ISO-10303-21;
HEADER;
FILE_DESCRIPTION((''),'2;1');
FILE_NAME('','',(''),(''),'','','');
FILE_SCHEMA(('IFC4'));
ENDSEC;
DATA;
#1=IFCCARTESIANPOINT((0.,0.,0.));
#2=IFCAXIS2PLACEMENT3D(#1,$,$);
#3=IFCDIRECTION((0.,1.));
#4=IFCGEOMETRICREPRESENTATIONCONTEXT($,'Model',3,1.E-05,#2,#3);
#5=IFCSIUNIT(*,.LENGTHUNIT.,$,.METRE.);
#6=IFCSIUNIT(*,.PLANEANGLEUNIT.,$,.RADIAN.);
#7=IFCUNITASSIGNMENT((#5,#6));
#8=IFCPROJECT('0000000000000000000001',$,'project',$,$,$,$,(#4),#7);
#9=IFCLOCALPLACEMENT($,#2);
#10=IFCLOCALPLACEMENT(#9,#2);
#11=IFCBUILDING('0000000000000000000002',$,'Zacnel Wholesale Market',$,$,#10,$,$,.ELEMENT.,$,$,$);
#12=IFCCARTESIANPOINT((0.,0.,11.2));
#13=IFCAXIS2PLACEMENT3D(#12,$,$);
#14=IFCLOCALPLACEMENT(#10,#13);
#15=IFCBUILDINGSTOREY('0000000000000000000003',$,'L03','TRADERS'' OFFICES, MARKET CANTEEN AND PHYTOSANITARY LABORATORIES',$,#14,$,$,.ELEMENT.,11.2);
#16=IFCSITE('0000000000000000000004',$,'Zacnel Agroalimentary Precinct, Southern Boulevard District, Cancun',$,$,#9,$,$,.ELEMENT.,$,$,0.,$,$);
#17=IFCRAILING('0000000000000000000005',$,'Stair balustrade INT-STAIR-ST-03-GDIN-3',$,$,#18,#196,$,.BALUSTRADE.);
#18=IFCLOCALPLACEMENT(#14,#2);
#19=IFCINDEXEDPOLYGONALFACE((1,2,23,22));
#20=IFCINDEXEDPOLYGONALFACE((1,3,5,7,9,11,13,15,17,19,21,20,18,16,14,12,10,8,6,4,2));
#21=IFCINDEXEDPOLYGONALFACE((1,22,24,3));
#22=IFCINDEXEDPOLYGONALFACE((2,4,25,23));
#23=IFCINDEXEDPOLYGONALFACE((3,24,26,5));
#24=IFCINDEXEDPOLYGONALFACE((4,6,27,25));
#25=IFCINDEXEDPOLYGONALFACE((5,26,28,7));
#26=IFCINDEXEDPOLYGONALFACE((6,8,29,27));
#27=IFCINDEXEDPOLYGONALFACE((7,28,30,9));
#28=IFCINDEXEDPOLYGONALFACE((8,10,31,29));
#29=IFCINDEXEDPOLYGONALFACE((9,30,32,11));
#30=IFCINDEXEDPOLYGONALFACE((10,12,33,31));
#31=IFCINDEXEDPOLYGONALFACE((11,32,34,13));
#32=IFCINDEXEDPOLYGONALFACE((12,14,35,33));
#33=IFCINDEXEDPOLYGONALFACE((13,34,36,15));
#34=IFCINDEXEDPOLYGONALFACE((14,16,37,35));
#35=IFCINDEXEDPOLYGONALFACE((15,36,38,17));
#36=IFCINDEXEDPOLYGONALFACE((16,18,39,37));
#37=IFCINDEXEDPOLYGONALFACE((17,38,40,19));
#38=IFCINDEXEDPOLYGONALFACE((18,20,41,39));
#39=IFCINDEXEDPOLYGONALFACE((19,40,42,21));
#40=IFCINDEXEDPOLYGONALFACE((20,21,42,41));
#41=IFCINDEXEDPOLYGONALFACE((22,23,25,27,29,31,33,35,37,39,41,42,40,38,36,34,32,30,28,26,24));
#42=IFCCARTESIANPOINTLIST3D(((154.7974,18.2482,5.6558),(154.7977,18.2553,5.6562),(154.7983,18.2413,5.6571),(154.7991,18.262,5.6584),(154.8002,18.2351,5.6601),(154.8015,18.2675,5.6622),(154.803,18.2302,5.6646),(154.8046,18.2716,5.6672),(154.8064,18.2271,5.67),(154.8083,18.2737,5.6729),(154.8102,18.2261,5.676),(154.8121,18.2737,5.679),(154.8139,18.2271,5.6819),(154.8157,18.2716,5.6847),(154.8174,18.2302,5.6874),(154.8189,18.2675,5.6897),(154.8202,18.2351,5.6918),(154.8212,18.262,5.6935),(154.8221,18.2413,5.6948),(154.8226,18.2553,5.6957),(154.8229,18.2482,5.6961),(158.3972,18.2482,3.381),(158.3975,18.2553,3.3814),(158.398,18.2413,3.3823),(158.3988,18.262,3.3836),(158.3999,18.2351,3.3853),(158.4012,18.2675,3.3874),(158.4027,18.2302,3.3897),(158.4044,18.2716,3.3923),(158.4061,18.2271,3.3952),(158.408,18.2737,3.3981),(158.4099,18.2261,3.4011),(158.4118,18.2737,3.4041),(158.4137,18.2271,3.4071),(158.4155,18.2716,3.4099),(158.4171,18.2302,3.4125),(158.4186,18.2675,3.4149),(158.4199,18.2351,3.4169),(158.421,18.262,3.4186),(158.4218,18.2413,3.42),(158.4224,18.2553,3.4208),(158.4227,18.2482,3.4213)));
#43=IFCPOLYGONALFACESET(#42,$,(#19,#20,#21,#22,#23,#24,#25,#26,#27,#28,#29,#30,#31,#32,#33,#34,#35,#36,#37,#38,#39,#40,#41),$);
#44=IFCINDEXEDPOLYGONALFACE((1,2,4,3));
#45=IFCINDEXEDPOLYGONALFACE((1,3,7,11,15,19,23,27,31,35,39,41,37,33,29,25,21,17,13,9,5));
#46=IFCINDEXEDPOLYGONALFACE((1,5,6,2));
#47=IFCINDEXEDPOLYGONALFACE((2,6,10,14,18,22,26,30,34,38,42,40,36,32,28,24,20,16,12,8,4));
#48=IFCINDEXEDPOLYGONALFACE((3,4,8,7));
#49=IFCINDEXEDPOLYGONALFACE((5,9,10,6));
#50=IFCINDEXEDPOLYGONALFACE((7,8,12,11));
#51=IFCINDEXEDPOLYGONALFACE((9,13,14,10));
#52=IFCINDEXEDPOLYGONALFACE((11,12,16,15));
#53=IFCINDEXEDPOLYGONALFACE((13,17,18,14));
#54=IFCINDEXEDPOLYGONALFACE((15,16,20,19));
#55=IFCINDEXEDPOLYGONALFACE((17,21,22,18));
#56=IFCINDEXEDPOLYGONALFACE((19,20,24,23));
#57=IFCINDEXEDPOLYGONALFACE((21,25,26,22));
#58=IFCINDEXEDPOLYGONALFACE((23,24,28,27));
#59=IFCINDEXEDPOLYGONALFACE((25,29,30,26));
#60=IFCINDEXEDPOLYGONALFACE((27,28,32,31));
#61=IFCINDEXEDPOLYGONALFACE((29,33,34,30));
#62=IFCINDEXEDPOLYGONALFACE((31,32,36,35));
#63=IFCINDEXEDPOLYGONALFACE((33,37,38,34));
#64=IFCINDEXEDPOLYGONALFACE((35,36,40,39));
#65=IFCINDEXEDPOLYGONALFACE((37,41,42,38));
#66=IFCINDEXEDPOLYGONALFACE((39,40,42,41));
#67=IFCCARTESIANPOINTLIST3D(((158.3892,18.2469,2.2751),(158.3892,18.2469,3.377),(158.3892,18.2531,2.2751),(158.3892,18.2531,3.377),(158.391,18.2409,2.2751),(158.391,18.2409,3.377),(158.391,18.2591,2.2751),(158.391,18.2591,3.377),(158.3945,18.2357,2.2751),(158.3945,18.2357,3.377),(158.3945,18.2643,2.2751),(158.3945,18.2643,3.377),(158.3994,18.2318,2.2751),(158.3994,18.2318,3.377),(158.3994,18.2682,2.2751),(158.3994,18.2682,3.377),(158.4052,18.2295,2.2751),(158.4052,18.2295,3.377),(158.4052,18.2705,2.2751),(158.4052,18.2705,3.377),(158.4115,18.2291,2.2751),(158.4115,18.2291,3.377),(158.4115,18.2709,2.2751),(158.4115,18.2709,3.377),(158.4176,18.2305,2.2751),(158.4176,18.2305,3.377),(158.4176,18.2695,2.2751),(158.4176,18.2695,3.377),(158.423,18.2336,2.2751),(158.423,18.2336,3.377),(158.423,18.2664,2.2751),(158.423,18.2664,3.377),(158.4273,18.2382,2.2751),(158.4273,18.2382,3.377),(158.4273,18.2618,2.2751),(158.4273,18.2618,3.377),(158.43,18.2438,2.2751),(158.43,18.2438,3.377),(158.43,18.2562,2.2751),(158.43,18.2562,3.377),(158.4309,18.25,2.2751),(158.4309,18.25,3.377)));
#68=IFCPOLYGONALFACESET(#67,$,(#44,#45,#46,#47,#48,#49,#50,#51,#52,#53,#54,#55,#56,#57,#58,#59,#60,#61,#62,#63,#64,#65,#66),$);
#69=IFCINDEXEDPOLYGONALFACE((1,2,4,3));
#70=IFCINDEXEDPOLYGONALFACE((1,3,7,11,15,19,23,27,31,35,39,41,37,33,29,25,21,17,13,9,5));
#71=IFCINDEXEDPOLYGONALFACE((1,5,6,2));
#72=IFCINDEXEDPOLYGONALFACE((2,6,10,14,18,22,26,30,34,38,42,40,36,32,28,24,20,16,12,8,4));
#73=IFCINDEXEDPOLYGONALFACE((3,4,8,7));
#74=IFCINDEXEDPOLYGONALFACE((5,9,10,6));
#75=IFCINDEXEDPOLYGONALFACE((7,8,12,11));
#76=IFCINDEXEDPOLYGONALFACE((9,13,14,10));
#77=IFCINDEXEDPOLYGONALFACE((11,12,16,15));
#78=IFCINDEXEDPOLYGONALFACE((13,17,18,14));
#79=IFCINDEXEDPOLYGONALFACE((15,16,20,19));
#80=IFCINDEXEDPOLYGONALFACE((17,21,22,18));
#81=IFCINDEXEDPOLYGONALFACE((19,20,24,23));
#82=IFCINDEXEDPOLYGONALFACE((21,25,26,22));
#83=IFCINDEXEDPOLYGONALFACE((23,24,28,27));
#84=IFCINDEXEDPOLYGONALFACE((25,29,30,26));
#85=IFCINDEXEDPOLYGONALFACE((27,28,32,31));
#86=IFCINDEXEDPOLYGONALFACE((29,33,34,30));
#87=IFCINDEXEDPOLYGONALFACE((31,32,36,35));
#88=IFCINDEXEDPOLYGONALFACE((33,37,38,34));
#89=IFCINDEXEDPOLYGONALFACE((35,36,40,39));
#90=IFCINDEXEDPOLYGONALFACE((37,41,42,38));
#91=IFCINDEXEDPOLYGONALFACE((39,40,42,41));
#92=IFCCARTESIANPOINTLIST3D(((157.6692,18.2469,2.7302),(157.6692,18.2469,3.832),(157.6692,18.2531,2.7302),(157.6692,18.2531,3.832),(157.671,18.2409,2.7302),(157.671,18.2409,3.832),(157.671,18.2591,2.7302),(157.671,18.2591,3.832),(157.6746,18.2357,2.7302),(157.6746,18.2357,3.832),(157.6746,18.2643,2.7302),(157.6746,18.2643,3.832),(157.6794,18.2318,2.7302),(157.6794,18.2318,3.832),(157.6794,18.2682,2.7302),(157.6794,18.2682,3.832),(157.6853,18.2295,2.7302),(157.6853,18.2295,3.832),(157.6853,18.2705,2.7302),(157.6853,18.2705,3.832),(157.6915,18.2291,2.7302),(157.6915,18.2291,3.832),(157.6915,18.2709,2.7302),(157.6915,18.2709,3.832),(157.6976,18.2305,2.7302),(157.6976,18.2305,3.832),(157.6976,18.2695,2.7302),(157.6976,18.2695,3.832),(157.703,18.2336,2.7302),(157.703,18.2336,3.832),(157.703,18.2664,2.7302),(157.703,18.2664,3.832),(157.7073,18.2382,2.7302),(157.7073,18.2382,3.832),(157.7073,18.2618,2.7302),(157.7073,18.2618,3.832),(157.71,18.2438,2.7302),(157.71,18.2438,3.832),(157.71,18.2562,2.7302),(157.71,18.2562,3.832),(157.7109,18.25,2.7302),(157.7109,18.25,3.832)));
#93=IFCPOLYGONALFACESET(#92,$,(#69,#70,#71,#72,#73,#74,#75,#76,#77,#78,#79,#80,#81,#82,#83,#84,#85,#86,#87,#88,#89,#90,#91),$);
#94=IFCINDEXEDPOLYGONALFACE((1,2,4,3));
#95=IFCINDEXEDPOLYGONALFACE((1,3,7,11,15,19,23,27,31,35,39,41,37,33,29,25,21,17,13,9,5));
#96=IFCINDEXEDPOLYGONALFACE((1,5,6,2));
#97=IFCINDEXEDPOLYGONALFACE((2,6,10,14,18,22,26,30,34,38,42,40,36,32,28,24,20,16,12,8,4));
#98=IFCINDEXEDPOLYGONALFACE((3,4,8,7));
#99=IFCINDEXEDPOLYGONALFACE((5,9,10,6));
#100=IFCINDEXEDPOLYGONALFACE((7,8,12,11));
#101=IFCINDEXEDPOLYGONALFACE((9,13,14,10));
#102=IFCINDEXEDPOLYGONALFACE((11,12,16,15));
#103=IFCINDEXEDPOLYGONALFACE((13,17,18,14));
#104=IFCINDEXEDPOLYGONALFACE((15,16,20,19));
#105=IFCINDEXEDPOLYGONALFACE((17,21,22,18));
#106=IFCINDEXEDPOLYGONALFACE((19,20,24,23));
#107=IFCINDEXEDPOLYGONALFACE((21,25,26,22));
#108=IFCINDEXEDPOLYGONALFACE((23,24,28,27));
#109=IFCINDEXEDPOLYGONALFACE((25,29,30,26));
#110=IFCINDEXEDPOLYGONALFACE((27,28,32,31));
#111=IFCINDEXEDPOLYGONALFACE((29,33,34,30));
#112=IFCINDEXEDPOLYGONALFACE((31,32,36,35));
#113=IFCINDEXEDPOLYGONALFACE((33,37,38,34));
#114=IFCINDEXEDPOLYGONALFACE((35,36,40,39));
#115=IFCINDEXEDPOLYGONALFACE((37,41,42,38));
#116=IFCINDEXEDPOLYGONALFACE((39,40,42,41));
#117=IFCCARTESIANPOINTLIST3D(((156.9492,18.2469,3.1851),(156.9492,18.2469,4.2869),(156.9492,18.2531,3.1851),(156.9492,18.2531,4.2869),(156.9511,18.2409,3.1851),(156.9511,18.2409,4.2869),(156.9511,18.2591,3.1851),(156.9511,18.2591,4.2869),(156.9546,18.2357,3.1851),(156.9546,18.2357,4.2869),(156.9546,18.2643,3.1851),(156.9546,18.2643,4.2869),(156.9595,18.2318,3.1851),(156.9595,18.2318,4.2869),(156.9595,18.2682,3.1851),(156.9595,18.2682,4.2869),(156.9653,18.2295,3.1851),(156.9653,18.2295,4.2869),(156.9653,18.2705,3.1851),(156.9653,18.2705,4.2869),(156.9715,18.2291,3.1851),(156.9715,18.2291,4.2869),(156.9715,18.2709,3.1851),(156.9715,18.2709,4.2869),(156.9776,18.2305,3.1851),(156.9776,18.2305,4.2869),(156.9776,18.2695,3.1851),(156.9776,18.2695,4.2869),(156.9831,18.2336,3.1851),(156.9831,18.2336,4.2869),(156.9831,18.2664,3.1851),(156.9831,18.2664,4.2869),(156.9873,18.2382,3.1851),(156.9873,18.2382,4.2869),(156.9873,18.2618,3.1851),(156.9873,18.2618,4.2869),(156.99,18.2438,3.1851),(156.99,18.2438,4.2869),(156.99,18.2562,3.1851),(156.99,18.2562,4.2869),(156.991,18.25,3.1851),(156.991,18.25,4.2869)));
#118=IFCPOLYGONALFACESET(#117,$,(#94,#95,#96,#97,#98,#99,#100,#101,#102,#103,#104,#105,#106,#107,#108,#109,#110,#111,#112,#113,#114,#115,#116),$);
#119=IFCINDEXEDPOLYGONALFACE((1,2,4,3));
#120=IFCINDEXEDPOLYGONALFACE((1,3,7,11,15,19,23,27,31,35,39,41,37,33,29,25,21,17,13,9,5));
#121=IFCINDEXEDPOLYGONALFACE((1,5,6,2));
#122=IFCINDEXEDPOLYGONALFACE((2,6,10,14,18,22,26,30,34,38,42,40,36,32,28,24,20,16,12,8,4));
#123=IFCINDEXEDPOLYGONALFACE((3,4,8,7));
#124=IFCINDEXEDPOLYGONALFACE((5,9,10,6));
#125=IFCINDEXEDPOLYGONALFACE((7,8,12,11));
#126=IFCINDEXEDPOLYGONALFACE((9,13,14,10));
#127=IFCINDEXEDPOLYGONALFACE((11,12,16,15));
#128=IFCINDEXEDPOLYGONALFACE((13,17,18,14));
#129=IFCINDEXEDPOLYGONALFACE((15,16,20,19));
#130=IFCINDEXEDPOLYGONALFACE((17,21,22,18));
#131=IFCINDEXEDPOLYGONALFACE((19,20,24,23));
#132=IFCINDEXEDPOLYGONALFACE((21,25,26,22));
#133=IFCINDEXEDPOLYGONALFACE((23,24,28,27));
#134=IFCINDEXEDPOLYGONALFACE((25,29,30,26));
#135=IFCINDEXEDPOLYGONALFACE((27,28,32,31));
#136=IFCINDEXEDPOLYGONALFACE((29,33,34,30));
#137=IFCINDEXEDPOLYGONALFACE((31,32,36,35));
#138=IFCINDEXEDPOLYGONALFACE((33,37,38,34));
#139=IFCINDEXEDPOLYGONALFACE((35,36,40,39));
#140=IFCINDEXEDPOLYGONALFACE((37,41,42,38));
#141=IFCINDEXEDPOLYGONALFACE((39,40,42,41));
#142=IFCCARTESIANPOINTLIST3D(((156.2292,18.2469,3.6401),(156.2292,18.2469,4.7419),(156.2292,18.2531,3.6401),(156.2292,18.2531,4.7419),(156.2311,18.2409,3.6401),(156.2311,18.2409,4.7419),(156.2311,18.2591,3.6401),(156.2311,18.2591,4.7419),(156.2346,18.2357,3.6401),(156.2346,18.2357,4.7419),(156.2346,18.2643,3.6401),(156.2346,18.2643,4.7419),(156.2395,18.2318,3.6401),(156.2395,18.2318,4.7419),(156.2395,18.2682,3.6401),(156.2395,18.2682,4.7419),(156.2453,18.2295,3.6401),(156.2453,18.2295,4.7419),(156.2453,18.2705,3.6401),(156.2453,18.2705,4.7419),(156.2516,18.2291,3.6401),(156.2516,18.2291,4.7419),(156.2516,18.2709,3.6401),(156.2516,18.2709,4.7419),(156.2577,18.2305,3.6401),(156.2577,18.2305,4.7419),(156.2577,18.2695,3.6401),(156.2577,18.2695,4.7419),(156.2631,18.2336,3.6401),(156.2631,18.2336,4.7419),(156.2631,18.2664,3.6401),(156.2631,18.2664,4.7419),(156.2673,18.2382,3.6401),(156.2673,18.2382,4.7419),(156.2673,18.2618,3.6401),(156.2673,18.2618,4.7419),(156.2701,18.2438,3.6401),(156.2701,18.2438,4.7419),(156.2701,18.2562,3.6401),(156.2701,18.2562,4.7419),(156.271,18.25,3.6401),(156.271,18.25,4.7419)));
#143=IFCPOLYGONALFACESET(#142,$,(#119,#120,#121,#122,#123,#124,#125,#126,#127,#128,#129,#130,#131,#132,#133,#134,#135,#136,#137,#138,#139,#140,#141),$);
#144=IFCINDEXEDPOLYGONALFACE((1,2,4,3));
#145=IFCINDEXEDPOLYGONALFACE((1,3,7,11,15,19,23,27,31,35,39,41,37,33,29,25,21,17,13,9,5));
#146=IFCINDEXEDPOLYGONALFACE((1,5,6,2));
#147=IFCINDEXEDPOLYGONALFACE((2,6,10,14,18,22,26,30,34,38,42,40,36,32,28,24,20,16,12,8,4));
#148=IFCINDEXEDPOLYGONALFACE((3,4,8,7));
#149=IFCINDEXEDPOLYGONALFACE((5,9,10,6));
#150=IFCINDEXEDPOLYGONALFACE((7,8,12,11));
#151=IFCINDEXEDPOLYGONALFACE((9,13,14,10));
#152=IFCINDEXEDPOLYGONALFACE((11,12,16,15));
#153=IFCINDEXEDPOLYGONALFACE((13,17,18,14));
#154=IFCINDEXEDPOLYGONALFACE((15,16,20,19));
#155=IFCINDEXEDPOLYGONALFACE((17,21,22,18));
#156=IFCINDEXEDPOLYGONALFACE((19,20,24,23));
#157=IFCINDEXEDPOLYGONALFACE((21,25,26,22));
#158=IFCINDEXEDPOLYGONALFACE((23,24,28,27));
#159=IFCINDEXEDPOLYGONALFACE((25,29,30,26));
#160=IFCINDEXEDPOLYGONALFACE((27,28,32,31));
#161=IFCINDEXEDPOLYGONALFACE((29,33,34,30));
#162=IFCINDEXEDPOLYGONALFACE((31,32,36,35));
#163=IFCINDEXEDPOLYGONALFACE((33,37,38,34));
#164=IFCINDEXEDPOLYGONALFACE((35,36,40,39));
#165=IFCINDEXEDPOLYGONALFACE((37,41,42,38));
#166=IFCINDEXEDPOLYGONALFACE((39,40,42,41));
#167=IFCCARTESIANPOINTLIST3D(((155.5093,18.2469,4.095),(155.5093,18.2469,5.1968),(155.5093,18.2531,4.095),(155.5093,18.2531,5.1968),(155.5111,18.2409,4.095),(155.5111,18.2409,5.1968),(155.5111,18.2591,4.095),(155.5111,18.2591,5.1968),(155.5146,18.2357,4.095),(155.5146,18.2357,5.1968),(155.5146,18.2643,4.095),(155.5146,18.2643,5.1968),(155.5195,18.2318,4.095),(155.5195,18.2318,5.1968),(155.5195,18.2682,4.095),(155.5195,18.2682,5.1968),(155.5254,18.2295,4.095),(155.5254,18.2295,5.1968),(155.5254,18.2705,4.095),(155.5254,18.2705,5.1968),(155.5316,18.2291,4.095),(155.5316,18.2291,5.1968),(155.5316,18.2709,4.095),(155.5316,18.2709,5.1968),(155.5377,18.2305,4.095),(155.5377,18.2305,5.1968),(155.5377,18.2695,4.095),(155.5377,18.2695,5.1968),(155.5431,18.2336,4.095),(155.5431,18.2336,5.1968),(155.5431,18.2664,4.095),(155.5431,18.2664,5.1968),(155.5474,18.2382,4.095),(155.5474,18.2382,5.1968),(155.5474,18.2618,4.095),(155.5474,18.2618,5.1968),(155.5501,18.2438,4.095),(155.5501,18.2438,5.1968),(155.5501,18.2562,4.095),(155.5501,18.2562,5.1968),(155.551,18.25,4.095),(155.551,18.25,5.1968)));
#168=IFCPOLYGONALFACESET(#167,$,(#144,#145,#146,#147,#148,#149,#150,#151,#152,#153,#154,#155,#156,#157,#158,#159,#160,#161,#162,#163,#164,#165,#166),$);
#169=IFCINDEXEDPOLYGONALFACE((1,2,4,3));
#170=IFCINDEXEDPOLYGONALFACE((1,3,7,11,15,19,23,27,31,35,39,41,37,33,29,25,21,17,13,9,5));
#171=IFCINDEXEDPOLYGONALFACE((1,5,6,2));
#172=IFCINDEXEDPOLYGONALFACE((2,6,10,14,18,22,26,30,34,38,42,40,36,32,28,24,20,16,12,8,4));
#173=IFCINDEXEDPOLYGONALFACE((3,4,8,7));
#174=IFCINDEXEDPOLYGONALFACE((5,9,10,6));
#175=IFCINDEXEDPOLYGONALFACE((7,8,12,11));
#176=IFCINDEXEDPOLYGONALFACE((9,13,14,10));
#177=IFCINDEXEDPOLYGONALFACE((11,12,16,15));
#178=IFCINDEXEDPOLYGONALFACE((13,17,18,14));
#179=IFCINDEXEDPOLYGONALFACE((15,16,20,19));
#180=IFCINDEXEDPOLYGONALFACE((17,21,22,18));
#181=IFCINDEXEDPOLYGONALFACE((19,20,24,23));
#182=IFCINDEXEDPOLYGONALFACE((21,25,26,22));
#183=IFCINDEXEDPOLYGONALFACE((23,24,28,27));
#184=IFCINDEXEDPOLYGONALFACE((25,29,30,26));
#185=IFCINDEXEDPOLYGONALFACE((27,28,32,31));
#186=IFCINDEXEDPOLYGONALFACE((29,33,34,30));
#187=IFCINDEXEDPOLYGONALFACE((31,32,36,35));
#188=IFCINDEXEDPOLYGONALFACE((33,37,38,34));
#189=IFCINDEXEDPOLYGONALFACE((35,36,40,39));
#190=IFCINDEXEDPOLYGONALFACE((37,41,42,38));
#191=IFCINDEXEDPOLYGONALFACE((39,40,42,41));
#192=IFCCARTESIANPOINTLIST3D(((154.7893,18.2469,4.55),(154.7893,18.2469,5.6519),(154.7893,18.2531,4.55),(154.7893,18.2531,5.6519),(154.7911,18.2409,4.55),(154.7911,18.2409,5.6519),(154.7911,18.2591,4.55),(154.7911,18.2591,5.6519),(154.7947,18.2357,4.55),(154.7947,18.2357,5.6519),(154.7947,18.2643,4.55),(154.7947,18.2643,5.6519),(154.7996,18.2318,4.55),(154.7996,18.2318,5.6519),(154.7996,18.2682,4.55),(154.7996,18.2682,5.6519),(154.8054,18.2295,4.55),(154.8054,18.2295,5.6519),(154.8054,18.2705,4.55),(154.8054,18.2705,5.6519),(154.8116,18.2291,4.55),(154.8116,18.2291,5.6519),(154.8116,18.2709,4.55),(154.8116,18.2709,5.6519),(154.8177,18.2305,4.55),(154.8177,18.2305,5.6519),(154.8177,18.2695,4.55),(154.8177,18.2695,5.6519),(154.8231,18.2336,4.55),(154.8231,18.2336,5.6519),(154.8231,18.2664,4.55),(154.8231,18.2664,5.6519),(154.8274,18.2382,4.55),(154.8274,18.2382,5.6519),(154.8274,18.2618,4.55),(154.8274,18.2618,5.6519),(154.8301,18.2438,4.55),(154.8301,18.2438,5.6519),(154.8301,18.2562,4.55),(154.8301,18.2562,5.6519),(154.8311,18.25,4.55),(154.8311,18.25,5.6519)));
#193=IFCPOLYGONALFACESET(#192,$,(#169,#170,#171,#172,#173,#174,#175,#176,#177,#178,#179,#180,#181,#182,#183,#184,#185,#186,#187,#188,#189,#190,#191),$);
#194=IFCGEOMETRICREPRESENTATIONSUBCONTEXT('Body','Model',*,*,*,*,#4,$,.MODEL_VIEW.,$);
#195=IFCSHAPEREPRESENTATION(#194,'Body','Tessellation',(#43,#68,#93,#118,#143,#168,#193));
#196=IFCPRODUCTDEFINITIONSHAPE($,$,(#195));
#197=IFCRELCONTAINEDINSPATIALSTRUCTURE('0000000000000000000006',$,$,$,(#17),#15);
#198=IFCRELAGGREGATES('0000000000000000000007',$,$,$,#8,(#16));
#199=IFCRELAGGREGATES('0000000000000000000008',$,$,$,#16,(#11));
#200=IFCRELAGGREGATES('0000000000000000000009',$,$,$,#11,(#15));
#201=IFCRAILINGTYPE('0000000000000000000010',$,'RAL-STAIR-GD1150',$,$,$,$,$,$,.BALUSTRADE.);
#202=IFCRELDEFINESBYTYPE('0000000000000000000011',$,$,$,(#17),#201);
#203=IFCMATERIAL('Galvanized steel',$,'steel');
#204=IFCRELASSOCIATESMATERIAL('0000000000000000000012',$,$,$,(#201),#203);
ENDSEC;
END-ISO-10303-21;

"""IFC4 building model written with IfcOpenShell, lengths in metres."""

from ifc_helpers import new_model, si_unit, direction, frame, origin, origin_2d, place, context, subcontext, project, spatial, circle, extrude, material, type_object, element, save


model = new_model("IFC4")

# Units and contexts
model_context = context("Model", 3, precision=1e-05, world=origin(), true_north=direction((0.0, 1.0)))
body_context = subcontext(model_context, "Body", "Model", "MODEL_VIEW")
ifc_project = project(units=[si_unit("LENGTHUNIT", "METRE"), si_unit("PLANEANGLEUNIT", "RADIAN")], contexts=[model_context])

# Site, building, storey
site_placement = place(None, origin())
site = spatial("IfcSite", under=ifc_project, at=site_placement, Name="Zacnel Agroalimentary Precinct, Southern Boulevard District, Cancun", CompositionType="ELEMENT", RefElevation=0.0)
building_placement = place(site_placement, origin())
building = spatial("IfcBuilding", under=site, at=building_placement, Name="Zacnel Wholesale Market", CompositionType="ELEMENT")
storey_placement = place(building_placement, frame((0.0, 0.0, 11.2)))
storey = spatial("IfcBuildingStorey", under=building, at=storey_placement, Name="L03", Description="TRADERS' OFFICES, MARKET CANTEEN AND PHYTOSANITARY LABORATORIES", CompositionType="ELEMENT", Elevation=11.2)

# Railing
ifc_material_1 = material(Name="Galvanized steel", Category="steel")
railing_type = type_object("IfcRailingType", Name="RAL-STAIR-GD1150", PredefinedType="BALUSTRADE", material=ifc_material_1)
railing_1_placement = place(storey_placement, frame((158.4099, 18.25, 2.2751)))
element("IfcRailing", 1, at=railing_1_placement, inside=storey, type_object=railing_type, Name="Stair balustrade INT-STAIR-ST-03-GDIN-3", PredefinedType="BALUSTRADE", context=body_context, shape_type="SweptSolid", body=[
    extrude(circle(Radius=0.0239, at=origin_2d()), frame((0.0, 0.0, 1.126), z_axis=(-0.84535, 0.0, 0.534213), x_axis=(0.0, -1.0, 0.0)), (0.0, 0.0, 1.0), 4.2583),
    extrude(circle(Radius=0.021, at=origin_2d()), origin(), (0.0, 0.0, 1.0), 1.1018),
    extrude(circle(Radius=0.021, at=origin_2d()), frame((-0.72, 0.0, 0.4551)), (0.0, 0.0, 1.0), 1.1018),
    extrude(circle(Radius=0.021, at=origin_2d()), frame((-1.4399, 0.0, 0.9099)), (0.0, 0.0, 1.0), 1.1018),
    extrude(circle(Radius=0.021, at=origin_2d()), frame((-2.1599, 0.0, 1.365)), (0.0, 0.0, 1.0), 1.1018),
    extrude(circle(Radius=0.021, at=origin_2d()), frame((-2.8799, 0.0, 1.8198)), (0.0, 0.0, 1.0), 1.1018),
    extrude(circle(Radius=0.021, at=origin_2d()), frame((-3.5999, 0.0, 2.2749)), (0.0, 0.0, 1.0), 1.1018),
])

save(model, "model.ifc")
